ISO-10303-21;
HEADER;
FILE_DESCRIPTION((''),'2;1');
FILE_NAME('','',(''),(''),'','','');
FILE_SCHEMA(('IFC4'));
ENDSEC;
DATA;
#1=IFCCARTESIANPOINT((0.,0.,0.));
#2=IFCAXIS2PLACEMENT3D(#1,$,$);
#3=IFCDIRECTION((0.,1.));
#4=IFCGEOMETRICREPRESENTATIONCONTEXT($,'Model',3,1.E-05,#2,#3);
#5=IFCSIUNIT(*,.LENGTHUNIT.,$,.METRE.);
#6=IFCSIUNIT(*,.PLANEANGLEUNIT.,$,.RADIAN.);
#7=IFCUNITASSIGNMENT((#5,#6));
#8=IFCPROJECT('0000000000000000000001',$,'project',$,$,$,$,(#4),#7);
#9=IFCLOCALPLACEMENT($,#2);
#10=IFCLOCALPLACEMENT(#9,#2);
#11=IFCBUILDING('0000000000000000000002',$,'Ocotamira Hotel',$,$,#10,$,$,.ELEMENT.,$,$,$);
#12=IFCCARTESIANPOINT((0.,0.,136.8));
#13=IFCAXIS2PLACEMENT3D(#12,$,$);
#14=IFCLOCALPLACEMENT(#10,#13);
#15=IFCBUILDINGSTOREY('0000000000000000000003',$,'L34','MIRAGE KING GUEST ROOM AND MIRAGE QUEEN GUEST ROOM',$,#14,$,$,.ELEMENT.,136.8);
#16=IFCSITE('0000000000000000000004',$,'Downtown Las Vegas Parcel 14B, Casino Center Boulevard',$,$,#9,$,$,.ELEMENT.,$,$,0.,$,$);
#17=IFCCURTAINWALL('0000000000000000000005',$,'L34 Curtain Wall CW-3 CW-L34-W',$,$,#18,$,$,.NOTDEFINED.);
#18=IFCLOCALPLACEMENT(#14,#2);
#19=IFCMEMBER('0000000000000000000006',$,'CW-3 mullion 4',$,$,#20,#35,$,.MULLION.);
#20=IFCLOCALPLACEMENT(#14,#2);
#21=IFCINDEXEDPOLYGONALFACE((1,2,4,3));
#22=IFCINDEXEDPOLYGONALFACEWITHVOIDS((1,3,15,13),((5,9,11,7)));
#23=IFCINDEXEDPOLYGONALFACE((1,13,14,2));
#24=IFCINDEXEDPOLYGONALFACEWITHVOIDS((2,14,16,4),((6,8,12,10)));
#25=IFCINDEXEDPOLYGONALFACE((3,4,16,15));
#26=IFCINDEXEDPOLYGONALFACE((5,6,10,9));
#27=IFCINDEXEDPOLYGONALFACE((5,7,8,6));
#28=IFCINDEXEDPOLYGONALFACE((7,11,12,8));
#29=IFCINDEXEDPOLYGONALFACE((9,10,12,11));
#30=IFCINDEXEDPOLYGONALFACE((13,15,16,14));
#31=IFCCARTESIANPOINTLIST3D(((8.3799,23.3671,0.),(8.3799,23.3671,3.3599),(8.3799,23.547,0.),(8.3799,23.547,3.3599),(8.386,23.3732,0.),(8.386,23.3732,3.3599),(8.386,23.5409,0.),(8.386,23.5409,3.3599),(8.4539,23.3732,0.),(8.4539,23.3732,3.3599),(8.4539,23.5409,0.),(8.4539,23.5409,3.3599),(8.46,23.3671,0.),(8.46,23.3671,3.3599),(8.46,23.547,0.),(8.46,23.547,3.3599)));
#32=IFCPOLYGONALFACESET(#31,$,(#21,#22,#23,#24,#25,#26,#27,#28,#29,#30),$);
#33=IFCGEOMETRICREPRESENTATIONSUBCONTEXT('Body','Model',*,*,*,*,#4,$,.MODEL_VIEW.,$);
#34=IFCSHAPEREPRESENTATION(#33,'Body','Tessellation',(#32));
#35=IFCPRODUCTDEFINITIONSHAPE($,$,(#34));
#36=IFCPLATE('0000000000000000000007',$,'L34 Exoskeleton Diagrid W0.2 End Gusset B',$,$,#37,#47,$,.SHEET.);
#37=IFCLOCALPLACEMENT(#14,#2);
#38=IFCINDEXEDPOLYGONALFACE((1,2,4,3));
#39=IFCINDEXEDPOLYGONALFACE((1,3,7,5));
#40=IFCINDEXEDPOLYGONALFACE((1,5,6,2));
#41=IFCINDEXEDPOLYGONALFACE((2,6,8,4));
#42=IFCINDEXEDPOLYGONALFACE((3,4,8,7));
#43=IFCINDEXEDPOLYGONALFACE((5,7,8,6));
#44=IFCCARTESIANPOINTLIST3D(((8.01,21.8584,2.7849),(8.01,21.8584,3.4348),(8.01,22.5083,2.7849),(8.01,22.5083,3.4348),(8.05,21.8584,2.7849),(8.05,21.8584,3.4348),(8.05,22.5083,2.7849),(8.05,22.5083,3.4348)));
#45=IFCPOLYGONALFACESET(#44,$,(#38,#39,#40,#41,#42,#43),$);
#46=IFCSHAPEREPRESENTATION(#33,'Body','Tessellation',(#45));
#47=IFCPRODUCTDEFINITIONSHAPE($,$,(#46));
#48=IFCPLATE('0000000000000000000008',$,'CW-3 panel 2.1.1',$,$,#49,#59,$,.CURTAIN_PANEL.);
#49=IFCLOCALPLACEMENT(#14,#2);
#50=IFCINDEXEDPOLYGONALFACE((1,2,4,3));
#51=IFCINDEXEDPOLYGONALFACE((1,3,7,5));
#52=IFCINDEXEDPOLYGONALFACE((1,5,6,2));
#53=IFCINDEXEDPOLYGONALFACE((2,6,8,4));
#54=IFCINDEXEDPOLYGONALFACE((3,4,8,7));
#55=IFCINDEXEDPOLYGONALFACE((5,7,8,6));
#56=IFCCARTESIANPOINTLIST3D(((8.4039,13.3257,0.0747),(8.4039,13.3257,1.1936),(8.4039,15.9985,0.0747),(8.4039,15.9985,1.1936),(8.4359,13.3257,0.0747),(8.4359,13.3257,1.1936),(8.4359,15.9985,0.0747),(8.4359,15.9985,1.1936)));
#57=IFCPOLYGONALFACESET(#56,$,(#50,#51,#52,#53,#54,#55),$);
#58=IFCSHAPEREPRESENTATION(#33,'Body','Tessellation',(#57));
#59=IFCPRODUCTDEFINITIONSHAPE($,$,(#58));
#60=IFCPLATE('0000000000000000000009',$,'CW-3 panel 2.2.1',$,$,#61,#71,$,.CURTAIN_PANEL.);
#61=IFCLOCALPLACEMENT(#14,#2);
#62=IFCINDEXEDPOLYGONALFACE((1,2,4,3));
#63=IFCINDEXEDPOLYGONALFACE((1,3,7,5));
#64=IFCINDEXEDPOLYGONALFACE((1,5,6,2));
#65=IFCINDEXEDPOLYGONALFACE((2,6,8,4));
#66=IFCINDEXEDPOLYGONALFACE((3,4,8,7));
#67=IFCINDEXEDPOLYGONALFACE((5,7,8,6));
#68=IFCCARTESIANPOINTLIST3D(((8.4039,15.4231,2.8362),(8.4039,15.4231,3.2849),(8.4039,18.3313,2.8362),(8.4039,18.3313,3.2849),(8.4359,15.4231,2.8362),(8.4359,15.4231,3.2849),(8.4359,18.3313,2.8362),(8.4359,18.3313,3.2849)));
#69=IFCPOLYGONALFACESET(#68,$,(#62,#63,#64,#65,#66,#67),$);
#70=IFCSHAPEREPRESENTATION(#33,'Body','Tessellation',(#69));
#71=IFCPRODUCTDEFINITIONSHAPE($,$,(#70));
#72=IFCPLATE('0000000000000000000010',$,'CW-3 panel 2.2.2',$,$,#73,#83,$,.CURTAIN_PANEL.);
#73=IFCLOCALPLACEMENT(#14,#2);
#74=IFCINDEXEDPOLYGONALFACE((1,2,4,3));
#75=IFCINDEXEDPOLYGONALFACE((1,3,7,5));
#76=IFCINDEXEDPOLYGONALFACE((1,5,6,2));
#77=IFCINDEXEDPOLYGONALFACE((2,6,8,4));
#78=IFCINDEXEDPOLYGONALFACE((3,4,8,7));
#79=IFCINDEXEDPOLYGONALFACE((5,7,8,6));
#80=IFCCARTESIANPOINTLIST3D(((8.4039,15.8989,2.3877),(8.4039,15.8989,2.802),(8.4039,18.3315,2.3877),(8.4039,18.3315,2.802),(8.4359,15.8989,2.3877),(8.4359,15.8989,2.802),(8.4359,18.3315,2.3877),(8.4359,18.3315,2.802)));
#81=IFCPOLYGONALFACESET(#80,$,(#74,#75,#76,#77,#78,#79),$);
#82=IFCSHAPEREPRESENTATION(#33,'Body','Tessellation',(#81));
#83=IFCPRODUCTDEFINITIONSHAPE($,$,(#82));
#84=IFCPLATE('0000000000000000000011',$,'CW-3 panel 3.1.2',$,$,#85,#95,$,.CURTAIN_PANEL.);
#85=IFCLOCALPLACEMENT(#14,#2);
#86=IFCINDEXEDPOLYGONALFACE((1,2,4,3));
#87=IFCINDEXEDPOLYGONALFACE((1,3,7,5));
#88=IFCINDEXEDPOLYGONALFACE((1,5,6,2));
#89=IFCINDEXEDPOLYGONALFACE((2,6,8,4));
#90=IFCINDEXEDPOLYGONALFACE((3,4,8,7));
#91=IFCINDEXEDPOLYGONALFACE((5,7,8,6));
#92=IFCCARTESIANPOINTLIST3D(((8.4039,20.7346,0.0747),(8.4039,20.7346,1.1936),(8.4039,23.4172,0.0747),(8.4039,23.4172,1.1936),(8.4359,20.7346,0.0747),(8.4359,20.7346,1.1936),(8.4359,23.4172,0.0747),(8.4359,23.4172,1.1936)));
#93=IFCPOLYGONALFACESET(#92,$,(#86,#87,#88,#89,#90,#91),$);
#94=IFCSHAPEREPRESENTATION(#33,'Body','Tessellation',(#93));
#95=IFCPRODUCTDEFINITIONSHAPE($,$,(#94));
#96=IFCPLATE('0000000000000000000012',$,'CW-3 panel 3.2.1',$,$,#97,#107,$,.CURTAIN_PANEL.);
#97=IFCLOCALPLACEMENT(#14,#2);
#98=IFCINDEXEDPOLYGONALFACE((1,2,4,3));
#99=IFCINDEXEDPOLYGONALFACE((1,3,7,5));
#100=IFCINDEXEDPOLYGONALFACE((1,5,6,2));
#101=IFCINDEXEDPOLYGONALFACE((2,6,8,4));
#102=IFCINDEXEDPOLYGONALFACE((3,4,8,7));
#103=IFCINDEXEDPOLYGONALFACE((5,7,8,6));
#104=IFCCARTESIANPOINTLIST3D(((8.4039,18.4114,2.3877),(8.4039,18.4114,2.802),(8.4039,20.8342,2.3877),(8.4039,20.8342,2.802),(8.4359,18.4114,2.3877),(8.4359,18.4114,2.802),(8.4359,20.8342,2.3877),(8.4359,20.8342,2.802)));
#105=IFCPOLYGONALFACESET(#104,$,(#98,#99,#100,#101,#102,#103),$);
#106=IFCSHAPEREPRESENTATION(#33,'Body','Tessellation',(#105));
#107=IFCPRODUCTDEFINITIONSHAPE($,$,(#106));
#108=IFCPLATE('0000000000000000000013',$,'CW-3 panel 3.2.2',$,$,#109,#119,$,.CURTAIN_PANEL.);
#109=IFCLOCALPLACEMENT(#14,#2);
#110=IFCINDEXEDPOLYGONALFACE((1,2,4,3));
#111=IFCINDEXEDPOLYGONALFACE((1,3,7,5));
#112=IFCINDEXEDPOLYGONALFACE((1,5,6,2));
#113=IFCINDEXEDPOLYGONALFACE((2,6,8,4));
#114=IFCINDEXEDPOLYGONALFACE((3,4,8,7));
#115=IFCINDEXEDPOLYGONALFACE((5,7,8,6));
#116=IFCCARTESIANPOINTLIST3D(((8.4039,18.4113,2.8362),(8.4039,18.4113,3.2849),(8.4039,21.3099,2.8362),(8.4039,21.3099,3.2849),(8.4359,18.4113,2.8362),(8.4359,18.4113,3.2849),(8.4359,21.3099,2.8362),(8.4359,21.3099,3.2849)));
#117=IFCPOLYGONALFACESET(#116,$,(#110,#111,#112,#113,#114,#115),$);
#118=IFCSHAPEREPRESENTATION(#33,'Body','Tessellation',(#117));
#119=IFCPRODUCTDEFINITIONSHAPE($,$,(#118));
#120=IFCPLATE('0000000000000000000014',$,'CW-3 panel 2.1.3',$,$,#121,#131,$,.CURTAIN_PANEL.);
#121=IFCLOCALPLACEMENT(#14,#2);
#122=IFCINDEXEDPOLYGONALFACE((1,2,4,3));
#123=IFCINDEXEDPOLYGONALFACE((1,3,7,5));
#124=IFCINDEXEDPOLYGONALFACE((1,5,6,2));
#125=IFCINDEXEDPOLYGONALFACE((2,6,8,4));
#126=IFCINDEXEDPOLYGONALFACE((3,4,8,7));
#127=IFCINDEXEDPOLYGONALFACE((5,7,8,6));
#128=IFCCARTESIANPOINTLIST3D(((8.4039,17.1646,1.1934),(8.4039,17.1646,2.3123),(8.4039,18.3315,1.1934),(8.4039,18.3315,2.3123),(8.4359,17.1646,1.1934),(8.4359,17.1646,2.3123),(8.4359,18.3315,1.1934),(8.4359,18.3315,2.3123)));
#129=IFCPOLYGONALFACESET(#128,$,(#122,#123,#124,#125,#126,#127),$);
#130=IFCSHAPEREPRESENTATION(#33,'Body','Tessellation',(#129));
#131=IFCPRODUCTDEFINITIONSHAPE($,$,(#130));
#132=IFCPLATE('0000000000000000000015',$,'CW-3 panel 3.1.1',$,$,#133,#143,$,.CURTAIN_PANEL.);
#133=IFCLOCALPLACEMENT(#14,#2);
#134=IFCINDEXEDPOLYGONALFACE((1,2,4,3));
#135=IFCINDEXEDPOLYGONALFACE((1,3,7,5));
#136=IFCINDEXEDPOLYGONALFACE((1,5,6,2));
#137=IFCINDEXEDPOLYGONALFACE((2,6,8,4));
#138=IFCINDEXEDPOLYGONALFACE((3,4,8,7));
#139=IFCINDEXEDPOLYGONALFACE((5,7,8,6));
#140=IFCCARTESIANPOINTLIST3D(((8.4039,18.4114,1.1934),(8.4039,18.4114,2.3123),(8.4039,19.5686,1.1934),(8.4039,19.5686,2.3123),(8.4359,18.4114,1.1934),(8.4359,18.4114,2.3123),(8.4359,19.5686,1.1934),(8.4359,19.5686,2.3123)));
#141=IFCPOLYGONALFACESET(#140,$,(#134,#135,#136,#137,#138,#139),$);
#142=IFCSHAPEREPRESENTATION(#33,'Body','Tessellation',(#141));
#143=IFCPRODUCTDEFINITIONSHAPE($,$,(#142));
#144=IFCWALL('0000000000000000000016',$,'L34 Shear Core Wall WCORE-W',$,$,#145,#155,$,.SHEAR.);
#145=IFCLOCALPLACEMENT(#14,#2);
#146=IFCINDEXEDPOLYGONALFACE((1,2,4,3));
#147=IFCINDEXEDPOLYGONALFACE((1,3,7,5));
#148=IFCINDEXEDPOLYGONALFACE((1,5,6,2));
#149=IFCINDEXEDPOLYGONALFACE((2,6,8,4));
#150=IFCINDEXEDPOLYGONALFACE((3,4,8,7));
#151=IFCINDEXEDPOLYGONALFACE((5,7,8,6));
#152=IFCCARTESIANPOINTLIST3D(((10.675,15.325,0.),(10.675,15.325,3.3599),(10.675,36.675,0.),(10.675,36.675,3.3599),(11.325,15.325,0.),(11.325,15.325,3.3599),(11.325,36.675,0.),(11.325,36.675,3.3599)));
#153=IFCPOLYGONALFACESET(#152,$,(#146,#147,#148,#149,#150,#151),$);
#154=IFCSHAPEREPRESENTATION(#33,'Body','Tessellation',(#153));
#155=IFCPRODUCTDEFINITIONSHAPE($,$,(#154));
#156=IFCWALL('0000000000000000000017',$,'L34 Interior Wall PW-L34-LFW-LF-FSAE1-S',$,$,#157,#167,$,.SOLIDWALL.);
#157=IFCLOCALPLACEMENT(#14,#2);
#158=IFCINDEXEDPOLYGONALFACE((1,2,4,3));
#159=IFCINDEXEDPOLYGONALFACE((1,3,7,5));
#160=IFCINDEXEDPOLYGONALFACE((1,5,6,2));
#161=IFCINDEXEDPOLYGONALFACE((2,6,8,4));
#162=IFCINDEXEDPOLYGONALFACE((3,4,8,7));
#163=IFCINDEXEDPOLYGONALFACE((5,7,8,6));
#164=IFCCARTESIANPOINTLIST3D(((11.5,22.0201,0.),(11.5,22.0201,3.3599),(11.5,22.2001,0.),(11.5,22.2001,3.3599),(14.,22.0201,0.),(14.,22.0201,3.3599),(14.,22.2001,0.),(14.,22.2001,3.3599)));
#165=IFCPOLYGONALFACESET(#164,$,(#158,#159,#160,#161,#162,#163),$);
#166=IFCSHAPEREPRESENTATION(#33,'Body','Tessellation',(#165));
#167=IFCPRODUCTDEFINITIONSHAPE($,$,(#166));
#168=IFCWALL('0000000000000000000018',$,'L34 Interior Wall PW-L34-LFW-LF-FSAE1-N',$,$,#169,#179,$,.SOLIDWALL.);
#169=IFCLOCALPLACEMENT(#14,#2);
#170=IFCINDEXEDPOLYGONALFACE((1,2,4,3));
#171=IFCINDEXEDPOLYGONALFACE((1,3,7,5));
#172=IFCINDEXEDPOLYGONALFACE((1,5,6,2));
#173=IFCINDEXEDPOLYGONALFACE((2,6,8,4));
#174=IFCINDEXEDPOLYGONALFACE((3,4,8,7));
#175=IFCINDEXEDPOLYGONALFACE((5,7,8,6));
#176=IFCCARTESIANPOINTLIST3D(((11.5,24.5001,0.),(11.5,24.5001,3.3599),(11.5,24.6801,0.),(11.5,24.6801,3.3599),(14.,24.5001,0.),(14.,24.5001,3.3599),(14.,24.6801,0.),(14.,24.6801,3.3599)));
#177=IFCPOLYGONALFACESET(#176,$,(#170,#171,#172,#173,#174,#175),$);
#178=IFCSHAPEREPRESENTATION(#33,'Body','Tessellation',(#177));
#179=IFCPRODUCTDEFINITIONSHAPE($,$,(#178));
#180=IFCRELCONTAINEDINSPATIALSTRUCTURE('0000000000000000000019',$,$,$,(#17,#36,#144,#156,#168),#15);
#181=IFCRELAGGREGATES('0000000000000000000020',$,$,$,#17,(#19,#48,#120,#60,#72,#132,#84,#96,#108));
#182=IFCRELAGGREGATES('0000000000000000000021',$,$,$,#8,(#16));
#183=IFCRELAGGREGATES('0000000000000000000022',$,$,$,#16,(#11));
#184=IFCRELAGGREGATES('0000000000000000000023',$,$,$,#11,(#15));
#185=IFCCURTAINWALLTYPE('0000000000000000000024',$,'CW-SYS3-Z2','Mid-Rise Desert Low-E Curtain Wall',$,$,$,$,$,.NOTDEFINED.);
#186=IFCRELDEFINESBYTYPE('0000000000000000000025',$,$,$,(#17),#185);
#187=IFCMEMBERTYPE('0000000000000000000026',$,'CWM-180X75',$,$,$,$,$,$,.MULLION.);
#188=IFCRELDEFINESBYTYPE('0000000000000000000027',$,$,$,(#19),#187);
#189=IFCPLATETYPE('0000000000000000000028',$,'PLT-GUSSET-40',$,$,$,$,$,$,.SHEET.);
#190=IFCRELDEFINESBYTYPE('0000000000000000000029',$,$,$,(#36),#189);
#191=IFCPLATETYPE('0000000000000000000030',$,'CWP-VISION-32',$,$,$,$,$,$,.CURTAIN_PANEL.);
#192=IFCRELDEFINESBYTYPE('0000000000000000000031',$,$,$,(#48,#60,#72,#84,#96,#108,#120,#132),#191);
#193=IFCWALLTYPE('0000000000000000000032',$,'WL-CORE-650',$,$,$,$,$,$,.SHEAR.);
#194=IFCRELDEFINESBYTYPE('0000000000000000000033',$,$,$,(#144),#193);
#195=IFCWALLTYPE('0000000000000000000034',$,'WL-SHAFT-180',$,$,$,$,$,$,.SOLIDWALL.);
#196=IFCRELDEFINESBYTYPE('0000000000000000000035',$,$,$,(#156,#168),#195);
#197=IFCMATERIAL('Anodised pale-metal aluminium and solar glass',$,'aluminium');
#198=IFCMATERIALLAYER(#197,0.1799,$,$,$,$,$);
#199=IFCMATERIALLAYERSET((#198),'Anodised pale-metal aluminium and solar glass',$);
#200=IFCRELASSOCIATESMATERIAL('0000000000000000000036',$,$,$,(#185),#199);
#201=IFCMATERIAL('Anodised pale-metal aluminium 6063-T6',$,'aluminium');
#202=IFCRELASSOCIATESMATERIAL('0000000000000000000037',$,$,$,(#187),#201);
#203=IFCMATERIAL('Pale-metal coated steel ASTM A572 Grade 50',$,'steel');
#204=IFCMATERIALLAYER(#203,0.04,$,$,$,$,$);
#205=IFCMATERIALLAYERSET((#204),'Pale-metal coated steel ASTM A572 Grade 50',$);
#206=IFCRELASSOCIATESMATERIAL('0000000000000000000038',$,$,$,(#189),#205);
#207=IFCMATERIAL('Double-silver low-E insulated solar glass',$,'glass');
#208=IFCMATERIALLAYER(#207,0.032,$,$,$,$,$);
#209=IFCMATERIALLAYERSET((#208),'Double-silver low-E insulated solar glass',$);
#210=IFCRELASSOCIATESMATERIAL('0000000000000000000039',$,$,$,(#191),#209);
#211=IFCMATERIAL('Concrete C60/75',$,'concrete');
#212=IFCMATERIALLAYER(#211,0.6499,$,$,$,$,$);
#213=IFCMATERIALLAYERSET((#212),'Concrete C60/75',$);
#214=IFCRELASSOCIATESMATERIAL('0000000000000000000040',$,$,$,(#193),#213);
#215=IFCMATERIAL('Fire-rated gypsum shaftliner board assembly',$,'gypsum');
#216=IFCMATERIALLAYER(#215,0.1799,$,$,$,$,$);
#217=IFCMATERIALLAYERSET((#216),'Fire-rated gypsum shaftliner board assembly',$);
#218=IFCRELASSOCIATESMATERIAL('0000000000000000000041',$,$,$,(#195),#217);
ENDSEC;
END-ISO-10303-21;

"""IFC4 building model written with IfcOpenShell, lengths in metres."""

from ifc_helpers import new_model, si_unit, direction, frame, frame_2d, origin, origin_2d, place, context, subcontext, project, spatial, rectangle, hollow_rectangle, extrude, source, transform, mapped, material, layer, layer_set, material_profile, profile_set, type_object, element, aggregate, save


model = new_model("IFC4")

# Units and contexts
model_context = context("Model", 3, precision=1e-05, world=origin(), true_north=direction((0.0, 1.0)))
body_context = subcontext(model_context, "Body", "Model", "MODEL_VIEW")
ifc_project = project(units=[si_unit("LENGTHUNIT", "METRE"), si_unit("PLANEANGLEUNIT", "RADIAN")], contexts=[model_context])

# Site, building, storey
site_placement = place(None, origin())
site = spatial("IfcSite", under=ifc_project, at=site_placement, Name="Downtown Las Vegas Parcel 14B, Casino Center Boulevard", CompositionType="ELEMENT", RefElevation=0.0)
building_placement = place(site_placement, origin())
building = spatial("IfcBuilding", under=site, at=building_placement, Name="Ocotamira Hotel", CompositionType="ELEMENT")
storey_placement = place(building_placement, frame((0.0, 0.0, 136.8)))
storey = spatial("IfcBuildingStorey", under=building, at=storey_placement, Name="L34", Description="MIRAGE KING GUEST ROOM AND MIRAGE QUEEN GUEST ROOM", CompositionType="ELEMENT", Elevation=136.8)

# Shared definitions
ifc_material_1 = material(Name="Concrete C60/75", Category="concrete")

# Curtain wall, member
ifc_material_2 = material(Name="Anodised pale-metal aluminium and solar glass", Category="aluminium")
ifc_layer_1 = layer(ifc_material_2, 0.1799)
ifc_layer_set_1 = layer_set([ifc_layer_1], Name="Anodised pale-metal aluminium and solar glass")
curtain_wall_type = type_object("IfcCurtainWallType", Name="CW-SYS3-Z2", Description="Mid-Rise Desert Low-E Curtain Wall", PredefinedType="NOTDEFINED", material=ifc_layer_set_1)
curtain_wall_placement = place(storey_placement, origin())
curtain_wall = element("IfcCurtainWall", 1, at=curtain_wall_placement, inside=storey, type_object=curtain_wall_type, Name="L34 Curtain Wall CW-3 CW-L34-W", PredefinedType="NOTDEFINED")
ifc_material_3 = material(Name="Anodised pale-metal aluminium 6063-T6", Category="aluminium")
ifc_material_profile_1 = material_profile(ifc_material_3, hollow_rectangle(XDim=0.0801, YDim=0.1799, WallThickness=0.0061, at=origin_2d()), Name="HSS180X80X6")
ifc_profile_set_1 = profile_set([ifc_material_profile_1], Name="Anodised pale-metal aluminium 6063-T6")
member_type_1 = type_object("IfcMemberType", Name="CWM-180X75", PredefinedType="MULLION", material=ifc_profile_set_1)
shared_shape_1 = source(origin(), body_context, "Body", "SweptSolid", [
    extrude(hollow_rectangle(XDim=0.0801, YDim=0.1799, WallThickness=0.0061, at=origin_2d()), origin(), (0.0, 0.0, 1.0), 3.3599),
])
member_1_placement = place(storey_placement, frame((8.4199, 23.457, 0.0), z_axis=(0.0, 0.0, 1.0), x_axis=(-1.0, 0.0, 0.0)))
member_1 = element("IfcMember", 2, at=member_1_placement, type_object=member_type_1, Name="CW-3 mullion 4", PredefinedType="MULLION", context=body_context, shape_type="MappedRepresentation", body=[
    mapped(shared_shape_1, transform((0.0, 0.0, 0.0), scale=1.0)),
])

# Plates
ifc_material_4 = material(Name="Pale-metal coated steel ASTM A572 Grade 50", Category="steel")
ifc_layer_2 = layer(ifc_material_4, 0.04)
ifc_layer_set_2 = layer_set([ifc_layer_2], Name="Pale-metal coated steel ASTM A572 Grade 50")
plate_type_1 = type_object("IfcPlateType", Name="PLT-GUSSET-40", PredefinedType="SHEET", material=ifc_layer_set_2)
shared_shape_2 = source(origin(), body_context, "Body", "SweptSolid", [
    extrude(rectangle(XDim=0.04, YDim=0.6499, at=origin_2d()), origin(), (0.0, 0.0, 1.0), 0.6499),
])
plate_1_placement = place(storey_placement, frame((8.03, 22.1833, 2.7849), z_axis=(0.0, 0.0, 1.0), x_axis=(1.0, 0.0, 0.0)))
element("IfcPlate", 3, at=plate_1_placement, inside=storey, type_object=plate_type_1, Name="L34 Exoskeleton Diagrid W0.2 End Gusset B", PredefinedType="SHEET", context=body_context, shape_type="MappedRepresentation", body=[
    mapped(shared_shape_2, transform((0.0, 0.0, 0.0), scale=1.0)),
])
ifc_material_5 = material(Name="Double-silver low-E insulated solar glass", Category="glass")
ifc_layer_3 = layer(ifc_material_5, 0.032)
ifc_layer_set_3 = layer_set([ifc_layer_3], Name="Double-silver low-E insulated solar glass")
plate_type_2 = type_object("IfcPlateType", Name="CWP-VISION-32", PredefinedType="CURTAIN_PANEL", material=ifc_layer_set_3)
shared_shape_3 = source(origin(), body_context, "Body", "SweptSolid", [
    extrude(rectangle(XDim=2.6729, YDim=0.032, at=origin_2d()), origin(), (0.0, 0.0, 1.0), 1.1189),
])
plate_2_placement = place(storey_placement, frame((8.4199, 14.6621, 0.0747), z_axis=(0.0, 0.0, 1.0), x_axis=(0.0, 1.0, 0.0)))
plate_2 = element("IfcPlate", 4, at=plate_2_placement, type_object=plate_type_2, Name="CW-3 panel 2.1.1", PredefinedType="CURTAIN_PANEL", context=body_context, shape_type="MappedRepresentation", body=[
    mapped(shared_shape_3, transform((0.0, 0.0, 0.0), scale=1.0)),
])
shared_shape_4 = source(origin(), body_context, "Body", "SweptSolid", [
    extrude(rectangle(XDim=2.9082, YDim=0.032, at=origin_2d()), origin(), (0.0, 0.0, 1.0), 0.4487),
])
plate_3_placement = place(storey_placement, frame((8.4199, 16.8772, 2.8362), z_axis=(0.0, 0.0, 1.0), x_axis=(0.0, 1.0, 0.0)))
plate_3 = element("IfcPlate", 5, at=plate_3_placement, type_object=plate_type_2, Name="CW-3 panel 2.2.1", PredefinedType="CURTAIN_PANEL", context=body_context, shape_type="MappedRepresentation", body=[
    mapped(shared_shape_4, transform((0.0, 0.0, 0.0), scale=1.0)),
])
shared_shape_5 = source(origin(), body_context, "Body", "SweptSolid", [
    extrude(rectangle(XDim=2.4326, YDim=0.032, at=origin_2d()), origin(), (0.0, 0.0, 1.0), 0.4143),
])
plate_4_placement = place(storey_placement, frame((8.4199, 17.1152, 2.3877), z_axis=(0.0, 0.0, 1.0), x_axis=(0.0, 1.0, 0.0)))
plate_4 = element("IfcPlate", 6, at=plate_4_placement, type_object=plate_type_2, Name="CW-3 panel 2.2.2", PredefinedType="CURTAIN_PANEL", context=body_context, shape_type="MappedRepresentation", body=[
    mapped(shared_shape_5, transform((0.0, 0.0, 0.0), scale=1.0)),
])
shared_shape_6 = source(origin(), body_context, "Body", "SweptSolid", [
    extrude(rectangle(XDim=2.6826, YDim=0.032, at=origin_2d()), origin(), (0.0, 0.0, 1.0), 1.1189),
])
plate_5_placement = place(storey_placement, frame((8.4199, 22.0759, 0.0747), z_axis=(0.0, 0.0, 1.0), x_axis=(0.0, 1.0, 0.0)))
plate_5 = element("IfcPlate", 7, at=plate_5_placement, type_object=plate_type_2, Name="CW-3 panel 3.1.2", PredefinedType="CURTAIN_PANEL", context=body_context, shape_type="MappedRepresentation", body=[
    mapped(shared_shape_6, transform((0.0, 0.0, 0.0), scale=1.0)),
])
shared_shape_7 = source(origin(), body_context, "Body", "SweptSolid", [
    extrude(rectangle(XDim=2.4229, YDim=0.032, at=origin_2d()), origin(), (0.0, 0.0, 1.0), 0.4143),
])
plate_6_placement = place(storey_placement, frame((8.4199, 19.6228, 2.3877), z_axis=(0.0, 0.0, 1.0), x_axis=(0.0, 1.0, 0.0)))
plate_6 = element("IfcPlate", 8, at=plate_6_placement, type_object=plate_type_2, Name="CW-3 panel 3.2.1", PredefinedType="CURTAIN_PANEL", context=body_context, shape_type="MappedRepresentation", body=[
    mapped(shared_shape_7, transform((0.0, 0.0, 0.0), scale=1.0)),
])
shared_shape_8 = source(origin(), body_context, "Body", "SweptSolid", [
    extrude(rectangle(XDim=2.8987, YDim=0.032, at=origin_2d()), origin(), (0.0, 0.0, 1.0), 0.4487),
])
plate_7_placement = place(storey_placement, frame((8.4199, 19.8606, 2.8362), z_axis=(0.0, 0.0, 1.0), x_axis=(0.0, 1.0, 0.0)))
plate_7 = element("IfcPlate", 9, at=plate_7_placement, type_object=plate_type_2, Name="CW-3 panel 3.2.2", PredefinedType="CURTAIN_PANEL", context=body_context, shape_type="MappedRepresentation", body=[
    mapped(shared_shape_8, transform((0.0, 0.0, 0.0), scale=1.0)),
])
shared_shape_9 = source(origin(), body_context, "Body", "SweptSolid", [
    extrude(rectangle(XDim=1.167, YDim=0.032, at=origin_2d()), origin(), (0.0, 0.0, 1.0), 1.1189),
])
plate_8_placement = place(storey_placement, frame((8.4199, 17.748, 1.1934), z_axis=(0.0, 0.0, 1.0), x_axis=(0.0, 1.0, 0.0)))
plate_8 = element("IfcPlate", 10, at=plate_8_placement, type_object=plate_type_2, Name="CW-3 panel 2.1.3", PredefinedType="CURTAIN_PANEL", context=body_context, shape_type="MappedRepresentation", body=[
    mapped(shared_shape_9, transform((0.0, 0.0, 0.0), scale=1.0)),
])
shared_shape_10 = source(origin(), body_context, "Body", "SweptSolid", [
    extrude(rectangle(XDim=1.1572, YDim=0.032, at=origin_2d()), origin(), (0.0, 0.0, 1.0), 1.1189),
])
plate_9_placement = place(storey_placement, frame((8.4199, 18.99, 1.1934), z_axis=(0.0, 0.0, 1.0), x_axis=(0.0, 1.0, 0.0)))
plate_9 = element("IfcPlate", 11, at=plate_9_placement, type_object=plate_type_2, Name="CW-3 panel 3.1.1", PredefinedType="CURTAIN_PANEL", context=body_context, shape_type="MappedRepresentation", body=[
    mapped(shared_shape_10, transform((0.0, 0.0, 0.0), scale=1.0)),
])
aggregate(curtain_wall, [member_1, plate_2, plate_8, plate_3, plate_4, plate_9, plate_5, plate_6, plate_7])

# Shared definitions
ifc_layer_4 = layer(ifc_material_1, 0.6499)
ifc_layer_set_4 = layer_set([ifc_layer_4], Name="Concrete C60/75")
wall_type_1 = type_object("IfcWallType", Name="WL-CORE-650", PredefinedType="SHEAR", material=ifc_layer_set_4)

# Walls
wall_1_placement = place(storey_placement, frame((11.0, 15.325, 0.0), z_axis=(0.0, 0.0, 1.0), x_axis=(0.0, 1.0, 0.0)))
element("IfcWall", 12, at=wall_1_placement, inside=storey, type_object=wall_type_1, Name="L34 Shear Core Wall WCORE-W", PredefinedType="SHEAR", context=body_context, shape_type="SweptSolid", body=[
    extrude(rectangle(XDim=21.3501, YDim=0.6499, at=frame_2d((10.675, 0.0))), origin(), (0.0, 0.0, 1.0), 3.3599),
])
ifc_material_6 = material(Name="Fire-rated gypsum shaftliner board assembly", Category="gypsum")
ifc_layer_5 = layer(ifc_material_6, 0.1799)
ifc_layer_set_5 = layer_set([ifc_layer_5], Name="Fire-rated gypsum shaftliner board assembly")
wall_type_2 = type_object("IfcWallType", Name="WL-SHAFT-180", PredefinedType="SOLIDWALL", material=ifc_layer_set_5)
for number, where, z_axis, x_axis, name in (
    (13, (11.5, 22.1101, 0.0), (0.0, 0.0, 1.0), (1.0, 0.0, 0.0), "L34 Interior Wall PW-L34-LFW-LF-FSAE1-S"),
    (14, (11.5, 24.5901, 0.0), (0.0, 0.0, 1.0), (1.0, 0.0, 0.0), "L34 Interior Wall PW-L34-LFW-LF-FSAE1-N"),
):
    element("IfcWall", number, at=place(storey_placement, frame(where, z_axis=z_axis, x_axis=x_axis)), inside=storey, type_object=wall_type_2, Name=name, PredefinedType="SOLIDWALL", context=body_context, shape_type="SweptSolid", body=[
        extrude(rectangle(XDim=2.5, YDim=0.1799, at=frame_2d((1.25, 0.0))), origin(), (0.0, 0.0, 1.0), 3.3599),
    ])

save(model, "model.ifc")
